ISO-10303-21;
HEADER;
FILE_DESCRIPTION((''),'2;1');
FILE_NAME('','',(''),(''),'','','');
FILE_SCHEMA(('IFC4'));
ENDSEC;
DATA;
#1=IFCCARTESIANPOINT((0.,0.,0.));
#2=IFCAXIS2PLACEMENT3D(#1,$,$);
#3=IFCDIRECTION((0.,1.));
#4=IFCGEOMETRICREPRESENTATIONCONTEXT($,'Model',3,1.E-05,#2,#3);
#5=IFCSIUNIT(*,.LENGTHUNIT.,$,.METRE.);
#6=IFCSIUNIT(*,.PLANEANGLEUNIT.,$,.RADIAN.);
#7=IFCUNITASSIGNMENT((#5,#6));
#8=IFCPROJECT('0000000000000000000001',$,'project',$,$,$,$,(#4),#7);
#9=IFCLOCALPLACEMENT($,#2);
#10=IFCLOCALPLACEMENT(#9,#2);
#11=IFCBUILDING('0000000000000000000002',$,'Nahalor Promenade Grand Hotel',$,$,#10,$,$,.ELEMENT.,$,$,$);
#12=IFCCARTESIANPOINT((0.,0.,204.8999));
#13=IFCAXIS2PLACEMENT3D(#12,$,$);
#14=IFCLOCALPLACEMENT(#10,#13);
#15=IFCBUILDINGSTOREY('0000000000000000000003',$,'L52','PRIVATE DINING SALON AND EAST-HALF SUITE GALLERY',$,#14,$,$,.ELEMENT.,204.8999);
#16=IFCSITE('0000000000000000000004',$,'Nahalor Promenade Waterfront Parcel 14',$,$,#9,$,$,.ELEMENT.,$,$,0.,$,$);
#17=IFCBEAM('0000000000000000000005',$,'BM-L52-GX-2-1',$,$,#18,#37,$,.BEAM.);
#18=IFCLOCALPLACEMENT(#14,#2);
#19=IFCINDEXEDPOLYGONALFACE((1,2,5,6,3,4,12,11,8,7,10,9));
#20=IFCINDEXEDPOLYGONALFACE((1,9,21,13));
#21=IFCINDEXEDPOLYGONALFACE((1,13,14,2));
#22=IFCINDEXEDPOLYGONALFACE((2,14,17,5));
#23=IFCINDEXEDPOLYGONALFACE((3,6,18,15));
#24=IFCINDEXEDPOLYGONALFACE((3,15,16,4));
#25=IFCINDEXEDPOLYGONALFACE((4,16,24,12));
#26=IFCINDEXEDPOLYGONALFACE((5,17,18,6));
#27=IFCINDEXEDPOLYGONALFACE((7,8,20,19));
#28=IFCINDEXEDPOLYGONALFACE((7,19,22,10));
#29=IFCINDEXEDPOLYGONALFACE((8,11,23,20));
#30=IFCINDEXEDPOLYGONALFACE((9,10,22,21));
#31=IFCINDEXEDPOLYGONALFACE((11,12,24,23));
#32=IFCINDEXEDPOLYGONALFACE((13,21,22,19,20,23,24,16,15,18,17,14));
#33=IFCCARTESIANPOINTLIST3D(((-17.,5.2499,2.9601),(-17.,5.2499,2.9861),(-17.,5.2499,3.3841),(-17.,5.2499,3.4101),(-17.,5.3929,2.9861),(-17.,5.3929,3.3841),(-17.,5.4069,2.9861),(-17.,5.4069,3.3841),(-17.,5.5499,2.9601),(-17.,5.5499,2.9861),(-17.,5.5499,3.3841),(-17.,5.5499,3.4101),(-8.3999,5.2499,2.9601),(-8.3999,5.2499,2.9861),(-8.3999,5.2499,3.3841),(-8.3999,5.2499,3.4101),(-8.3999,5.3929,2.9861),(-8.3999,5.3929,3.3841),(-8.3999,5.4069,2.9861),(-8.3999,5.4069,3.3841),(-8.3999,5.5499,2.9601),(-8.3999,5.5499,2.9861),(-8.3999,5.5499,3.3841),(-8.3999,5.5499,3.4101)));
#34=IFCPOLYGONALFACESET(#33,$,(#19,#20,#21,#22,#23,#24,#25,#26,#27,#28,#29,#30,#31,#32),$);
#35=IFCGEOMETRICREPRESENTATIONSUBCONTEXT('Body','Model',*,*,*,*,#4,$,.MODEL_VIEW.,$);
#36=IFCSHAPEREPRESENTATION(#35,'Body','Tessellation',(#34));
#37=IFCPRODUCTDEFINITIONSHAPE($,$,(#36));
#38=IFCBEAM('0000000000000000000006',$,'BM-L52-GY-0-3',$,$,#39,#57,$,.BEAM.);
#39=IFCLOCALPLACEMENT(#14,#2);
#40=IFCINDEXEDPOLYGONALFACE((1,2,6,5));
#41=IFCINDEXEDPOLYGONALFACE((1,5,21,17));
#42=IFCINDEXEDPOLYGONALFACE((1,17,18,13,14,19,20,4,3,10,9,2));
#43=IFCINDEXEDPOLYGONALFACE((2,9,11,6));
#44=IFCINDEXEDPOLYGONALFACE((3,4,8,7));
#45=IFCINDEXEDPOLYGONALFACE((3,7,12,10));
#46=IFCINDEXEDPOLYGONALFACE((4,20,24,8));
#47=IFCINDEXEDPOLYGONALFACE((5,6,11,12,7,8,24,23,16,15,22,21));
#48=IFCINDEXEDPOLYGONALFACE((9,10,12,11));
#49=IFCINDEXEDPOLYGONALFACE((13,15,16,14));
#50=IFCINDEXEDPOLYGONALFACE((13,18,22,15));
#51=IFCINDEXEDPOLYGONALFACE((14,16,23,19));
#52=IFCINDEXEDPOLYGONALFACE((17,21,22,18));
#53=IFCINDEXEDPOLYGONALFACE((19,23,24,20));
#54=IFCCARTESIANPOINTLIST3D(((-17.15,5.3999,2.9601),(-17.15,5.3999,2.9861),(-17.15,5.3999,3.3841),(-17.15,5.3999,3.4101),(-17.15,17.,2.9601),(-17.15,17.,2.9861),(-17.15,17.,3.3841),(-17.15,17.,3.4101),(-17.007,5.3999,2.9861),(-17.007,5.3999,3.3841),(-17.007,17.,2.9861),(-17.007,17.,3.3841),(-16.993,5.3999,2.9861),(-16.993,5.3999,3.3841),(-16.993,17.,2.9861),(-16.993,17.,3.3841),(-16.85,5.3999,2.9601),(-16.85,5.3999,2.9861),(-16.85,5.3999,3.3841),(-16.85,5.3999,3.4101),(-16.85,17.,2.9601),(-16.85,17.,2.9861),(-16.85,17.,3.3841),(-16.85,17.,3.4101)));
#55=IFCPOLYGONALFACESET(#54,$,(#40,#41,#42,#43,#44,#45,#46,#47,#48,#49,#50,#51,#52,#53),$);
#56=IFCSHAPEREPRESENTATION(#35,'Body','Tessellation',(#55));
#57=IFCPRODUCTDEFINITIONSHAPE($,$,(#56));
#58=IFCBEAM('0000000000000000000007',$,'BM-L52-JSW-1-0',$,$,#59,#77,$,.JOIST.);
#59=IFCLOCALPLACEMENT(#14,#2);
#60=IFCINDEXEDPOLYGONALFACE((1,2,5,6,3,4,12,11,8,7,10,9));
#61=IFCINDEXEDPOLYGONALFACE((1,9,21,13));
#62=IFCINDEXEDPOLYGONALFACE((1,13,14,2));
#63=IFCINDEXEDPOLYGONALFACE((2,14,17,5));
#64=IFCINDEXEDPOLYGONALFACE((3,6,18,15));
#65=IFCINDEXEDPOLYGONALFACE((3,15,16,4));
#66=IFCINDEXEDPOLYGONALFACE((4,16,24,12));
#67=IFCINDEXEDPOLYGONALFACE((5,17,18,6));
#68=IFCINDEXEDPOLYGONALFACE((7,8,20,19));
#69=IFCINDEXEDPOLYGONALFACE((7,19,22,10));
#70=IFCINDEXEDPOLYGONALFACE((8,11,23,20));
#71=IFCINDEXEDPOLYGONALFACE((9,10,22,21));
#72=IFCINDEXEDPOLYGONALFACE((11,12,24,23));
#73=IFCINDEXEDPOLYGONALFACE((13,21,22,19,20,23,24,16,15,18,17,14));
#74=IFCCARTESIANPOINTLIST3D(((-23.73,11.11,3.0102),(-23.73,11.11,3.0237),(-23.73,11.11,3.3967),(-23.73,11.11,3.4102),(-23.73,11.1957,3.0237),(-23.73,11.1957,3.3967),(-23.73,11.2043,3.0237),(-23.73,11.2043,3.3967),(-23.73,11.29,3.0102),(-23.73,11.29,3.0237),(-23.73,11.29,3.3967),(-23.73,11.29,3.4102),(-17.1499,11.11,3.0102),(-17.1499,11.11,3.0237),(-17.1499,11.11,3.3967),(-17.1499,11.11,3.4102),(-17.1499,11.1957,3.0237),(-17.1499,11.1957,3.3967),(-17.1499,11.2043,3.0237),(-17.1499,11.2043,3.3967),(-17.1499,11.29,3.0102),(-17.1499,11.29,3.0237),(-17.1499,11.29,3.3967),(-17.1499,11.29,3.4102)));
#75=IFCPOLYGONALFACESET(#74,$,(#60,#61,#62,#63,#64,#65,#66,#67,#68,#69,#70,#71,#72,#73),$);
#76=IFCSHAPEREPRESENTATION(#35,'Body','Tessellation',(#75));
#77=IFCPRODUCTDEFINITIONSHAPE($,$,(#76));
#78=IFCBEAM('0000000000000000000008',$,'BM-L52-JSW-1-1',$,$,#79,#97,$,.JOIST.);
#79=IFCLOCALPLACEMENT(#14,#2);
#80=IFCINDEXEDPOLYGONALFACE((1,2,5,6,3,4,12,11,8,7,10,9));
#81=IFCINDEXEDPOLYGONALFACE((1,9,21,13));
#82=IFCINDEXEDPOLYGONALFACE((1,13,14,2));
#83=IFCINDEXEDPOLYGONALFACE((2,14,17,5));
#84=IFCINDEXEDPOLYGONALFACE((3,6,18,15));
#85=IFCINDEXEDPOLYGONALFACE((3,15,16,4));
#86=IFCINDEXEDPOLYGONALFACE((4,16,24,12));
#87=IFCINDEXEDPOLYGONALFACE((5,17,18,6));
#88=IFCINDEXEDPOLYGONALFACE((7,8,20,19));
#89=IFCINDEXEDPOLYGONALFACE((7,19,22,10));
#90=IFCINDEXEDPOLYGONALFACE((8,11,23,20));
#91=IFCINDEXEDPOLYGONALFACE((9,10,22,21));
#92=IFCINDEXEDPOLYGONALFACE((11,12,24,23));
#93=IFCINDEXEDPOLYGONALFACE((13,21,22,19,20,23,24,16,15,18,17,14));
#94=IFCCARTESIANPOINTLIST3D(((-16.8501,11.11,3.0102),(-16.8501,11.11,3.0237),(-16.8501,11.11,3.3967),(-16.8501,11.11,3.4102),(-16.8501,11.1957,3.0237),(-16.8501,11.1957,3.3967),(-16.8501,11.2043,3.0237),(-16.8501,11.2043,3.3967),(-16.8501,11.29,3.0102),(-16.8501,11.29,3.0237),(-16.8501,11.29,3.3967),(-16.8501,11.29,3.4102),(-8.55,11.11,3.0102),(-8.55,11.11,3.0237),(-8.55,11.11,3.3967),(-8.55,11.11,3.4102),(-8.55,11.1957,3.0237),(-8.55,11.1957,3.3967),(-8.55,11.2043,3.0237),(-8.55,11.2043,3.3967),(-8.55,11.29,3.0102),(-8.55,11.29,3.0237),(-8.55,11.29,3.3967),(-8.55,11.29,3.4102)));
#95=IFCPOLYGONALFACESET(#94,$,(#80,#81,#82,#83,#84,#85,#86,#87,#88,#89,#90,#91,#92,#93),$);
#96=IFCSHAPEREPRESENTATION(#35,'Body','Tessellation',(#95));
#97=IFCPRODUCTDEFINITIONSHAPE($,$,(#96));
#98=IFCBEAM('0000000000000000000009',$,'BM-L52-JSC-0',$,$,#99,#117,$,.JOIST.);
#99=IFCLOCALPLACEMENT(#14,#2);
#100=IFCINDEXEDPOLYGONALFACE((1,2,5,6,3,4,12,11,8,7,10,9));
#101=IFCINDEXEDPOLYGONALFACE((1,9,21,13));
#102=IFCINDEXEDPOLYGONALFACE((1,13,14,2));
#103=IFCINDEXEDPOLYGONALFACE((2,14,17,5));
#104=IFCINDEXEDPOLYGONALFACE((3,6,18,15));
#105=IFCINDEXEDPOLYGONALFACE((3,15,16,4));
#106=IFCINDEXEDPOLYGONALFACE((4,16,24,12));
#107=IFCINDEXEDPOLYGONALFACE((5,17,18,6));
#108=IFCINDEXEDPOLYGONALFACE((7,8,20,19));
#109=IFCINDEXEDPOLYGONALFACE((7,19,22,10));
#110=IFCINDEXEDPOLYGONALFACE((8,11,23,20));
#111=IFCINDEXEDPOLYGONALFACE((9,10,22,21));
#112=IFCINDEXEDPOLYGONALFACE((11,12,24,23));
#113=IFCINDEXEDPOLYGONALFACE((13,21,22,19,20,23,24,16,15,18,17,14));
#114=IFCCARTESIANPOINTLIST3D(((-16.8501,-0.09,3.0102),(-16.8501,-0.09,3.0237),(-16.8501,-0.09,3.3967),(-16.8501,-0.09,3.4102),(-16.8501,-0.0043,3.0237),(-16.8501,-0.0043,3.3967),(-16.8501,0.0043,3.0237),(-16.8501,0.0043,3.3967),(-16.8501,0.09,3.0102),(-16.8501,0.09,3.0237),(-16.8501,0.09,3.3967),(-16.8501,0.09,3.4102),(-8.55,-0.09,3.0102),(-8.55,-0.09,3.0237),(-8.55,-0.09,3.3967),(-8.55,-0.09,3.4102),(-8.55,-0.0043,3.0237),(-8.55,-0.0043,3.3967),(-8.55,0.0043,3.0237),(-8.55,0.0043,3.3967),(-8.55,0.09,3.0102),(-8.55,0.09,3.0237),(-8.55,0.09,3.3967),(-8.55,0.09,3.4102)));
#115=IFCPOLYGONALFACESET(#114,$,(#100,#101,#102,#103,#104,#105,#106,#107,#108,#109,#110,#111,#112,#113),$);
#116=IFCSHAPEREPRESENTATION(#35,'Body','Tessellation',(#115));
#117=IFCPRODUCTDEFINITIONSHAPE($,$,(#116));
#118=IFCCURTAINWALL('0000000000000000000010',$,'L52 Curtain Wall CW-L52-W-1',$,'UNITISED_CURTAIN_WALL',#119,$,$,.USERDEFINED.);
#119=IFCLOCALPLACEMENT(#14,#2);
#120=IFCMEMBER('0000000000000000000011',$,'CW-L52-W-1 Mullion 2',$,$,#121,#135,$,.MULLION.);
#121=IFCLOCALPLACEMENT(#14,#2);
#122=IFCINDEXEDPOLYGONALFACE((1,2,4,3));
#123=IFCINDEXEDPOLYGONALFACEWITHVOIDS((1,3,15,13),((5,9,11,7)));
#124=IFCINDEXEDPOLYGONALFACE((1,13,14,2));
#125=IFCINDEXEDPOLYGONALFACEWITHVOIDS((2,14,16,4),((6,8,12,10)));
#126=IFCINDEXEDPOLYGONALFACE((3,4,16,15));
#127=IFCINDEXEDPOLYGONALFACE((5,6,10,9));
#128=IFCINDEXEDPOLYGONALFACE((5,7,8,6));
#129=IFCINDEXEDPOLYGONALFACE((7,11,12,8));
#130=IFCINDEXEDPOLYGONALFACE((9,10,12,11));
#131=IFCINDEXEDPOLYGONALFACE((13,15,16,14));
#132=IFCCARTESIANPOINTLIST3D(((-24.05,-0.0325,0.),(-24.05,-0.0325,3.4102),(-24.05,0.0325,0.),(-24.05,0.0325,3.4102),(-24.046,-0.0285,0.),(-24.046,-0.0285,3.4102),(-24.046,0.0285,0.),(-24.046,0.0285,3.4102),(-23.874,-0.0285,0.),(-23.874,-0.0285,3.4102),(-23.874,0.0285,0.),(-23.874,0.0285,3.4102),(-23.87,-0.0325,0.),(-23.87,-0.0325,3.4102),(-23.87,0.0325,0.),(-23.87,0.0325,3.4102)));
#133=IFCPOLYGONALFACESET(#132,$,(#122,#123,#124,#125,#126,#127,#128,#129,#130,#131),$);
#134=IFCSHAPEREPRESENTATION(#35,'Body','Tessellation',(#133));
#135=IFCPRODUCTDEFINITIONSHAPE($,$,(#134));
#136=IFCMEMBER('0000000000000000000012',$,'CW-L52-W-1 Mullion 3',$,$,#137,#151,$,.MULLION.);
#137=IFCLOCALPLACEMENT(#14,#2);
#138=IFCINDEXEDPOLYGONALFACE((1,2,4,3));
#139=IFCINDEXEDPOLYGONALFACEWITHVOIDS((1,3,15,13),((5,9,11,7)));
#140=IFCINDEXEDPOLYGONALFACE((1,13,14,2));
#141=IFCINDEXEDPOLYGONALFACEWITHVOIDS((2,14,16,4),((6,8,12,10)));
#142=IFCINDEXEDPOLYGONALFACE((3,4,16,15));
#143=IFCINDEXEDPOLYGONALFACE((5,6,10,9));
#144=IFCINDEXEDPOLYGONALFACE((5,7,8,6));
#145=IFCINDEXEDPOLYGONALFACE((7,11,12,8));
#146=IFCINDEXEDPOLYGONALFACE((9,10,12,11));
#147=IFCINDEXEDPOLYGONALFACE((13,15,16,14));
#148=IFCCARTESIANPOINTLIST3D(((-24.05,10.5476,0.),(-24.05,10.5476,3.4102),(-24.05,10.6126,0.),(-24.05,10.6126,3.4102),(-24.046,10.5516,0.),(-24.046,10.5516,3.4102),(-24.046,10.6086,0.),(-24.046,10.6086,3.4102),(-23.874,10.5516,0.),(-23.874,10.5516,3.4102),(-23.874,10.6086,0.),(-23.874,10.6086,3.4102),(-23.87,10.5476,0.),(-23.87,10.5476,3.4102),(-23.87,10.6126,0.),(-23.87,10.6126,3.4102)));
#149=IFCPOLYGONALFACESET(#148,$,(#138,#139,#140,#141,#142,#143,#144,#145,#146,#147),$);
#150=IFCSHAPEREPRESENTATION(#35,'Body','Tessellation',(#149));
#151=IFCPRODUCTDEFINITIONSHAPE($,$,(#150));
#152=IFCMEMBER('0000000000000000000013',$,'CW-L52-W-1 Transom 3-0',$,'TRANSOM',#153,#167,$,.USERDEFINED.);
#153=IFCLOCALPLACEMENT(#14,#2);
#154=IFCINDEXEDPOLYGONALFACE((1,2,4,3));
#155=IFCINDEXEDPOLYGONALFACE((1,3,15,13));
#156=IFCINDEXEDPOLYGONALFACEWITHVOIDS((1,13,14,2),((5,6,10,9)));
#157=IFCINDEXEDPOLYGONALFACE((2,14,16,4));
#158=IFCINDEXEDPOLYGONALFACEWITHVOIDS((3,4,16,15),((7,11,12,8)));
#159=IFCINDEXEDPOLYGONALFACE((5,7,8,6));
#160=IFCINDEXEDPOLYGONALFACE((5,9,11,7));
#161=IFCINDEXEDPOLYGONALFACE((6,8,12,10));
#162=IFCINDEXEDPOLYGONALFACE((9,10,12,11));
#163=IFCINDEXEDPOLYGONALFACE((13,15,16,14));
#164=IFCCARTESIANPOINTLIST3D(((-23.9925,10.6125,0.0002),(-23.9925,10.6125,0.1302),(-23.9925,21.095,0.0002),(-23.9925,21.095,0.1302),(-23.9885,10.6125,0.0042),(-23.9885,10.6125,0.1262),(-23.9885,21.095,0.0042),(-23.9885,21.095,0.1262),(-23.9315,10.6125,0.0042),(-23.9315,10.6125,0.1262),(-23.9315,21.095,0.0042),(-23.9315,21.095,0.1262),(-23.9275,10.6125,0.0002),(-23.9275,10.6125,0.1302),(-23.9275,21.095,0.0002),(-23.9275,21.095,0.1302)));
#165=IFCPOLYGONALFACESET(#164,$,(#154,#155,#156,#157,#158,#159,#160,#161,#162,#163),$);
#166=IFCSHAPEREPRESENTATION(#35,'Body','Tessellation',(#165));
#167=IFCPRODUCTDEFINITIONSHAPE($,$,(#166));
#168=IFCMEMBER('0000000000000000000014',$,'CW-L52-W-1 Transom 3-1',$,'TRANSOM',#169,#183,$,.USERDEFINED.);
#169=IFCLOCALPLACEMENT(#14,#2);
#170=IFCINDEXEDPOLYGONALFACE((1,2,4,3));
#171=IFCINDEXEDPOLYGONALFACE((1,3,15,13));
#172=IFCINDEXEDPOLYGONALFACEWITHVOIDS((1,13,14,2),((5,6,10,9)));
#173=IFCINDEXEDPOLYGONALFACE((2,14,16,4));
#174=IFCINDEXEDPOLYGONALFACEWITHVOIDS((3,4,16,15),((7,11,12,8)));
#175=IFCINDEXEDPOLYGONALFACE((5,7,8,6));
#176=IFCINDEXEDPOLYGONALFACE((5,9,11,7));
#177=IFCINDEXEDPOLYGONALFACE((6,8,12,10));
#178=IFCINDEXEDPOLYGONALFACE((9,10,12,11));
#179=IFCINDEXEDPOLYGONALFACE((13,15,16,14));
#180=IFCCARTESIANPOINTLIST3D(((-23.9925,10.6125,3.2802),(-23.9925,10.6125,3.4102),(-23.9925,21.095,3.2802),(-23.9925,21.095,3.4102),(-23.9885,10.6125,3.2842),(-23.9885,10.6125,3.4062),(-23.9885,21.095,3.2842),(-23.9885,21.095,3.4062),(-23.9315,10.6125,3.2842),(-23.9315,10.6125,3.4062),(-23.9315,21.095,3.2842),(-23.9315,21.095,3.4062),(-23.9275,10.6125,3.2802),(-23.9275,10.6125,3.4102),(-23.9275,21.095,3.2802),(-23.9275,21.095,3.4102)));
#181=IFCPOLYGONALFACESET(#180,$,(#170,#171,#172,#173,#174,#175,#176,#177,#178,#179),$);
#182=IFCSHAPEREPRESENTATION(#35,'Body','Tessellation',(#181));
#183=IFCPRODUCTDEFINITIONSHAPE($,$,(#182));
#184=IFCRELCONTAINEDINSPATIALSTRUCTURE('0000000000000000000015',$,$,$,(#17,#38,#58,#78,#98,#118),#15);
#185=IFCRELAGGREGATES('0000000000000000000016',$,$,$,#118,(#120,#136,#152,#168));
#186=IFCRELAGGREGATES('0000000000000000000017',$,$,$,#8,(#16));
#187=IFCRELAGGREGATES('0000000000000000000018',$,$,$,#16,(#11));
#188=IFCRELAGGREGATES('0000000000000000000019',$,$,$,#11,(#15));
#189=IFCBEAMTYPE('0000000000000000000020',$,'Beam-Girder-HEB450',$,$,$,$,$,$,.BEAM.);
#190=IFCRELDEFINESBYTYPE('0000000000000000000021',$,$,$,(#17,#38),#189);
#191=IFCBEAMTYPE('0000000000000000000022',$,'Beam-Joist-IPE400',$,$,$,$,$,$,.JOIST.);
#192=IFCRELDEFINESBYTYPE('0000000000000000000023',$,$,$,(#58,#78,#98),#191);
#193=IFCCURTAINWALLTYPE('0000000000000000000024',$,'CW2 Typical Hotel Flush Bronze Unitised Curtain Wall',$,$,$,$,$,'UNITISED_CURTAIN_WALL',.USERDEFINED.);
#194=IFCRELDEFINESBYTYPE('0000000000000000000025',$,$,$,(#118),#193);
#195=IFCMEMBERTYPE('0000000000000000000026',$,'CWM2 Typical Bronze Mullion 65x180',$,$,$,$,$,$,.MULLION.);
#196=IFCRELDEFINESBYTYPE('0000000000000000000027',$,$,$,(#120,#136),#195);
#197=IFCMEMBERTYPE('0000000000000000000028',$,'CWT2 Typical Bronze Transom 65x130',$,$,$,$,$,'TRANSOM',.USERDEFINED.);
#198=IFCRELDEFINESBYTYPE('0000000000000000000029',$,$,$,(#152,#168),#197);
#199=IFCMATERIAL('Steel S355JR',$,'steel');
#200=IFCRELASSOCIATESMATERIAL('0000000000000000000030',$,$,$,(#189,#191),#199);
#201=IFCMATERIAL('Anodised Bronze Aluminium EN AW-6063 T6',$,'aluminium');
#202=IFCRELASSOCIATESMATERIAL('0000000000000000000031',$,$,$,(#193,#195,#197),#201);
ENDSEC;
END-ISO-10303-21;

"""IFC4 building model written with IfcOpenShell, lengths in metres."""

from ifc_helpers import new_model, si_unit, direction, frame, origin, origin_2d, place, context, subcontext, project, spatial, hollow_rectangle, i_section, extrude, source, transform, mapped, material, material_profile, profile_set, type_object, element, aggregate, save


model = new_model("IFC4")

# Units and contexts
model_context = context("Model", 3, precision=1e-05, world=origin(), true_north=direction((0.0, 1.0)))
body_context = subcontext(model_context, "Body", "Model", "MODEL_VIEW")
ifc_project = project(units=[si_unit("LENGTHUNIT", "METRE"), si_unit("PLANEANGLEUNIT", "RADIAN")], contexts=[model_context])

# Site, building, storey
site_placement = place(None, origin())
site = spatial("IfcSite", under=ifc_project, at=site_placement, Name="Nahalor Promenade Waterfront Parcel 14", CompositionType="ELEMENT", RefElevation=0.0)
building_placement = place(site_placement, origin())
building = spatial("IfcBuilding", under=site, at=building_placement, Name="Nahalor Promenade Grand Hotel", CompositionType="ELEMENT")
storey_placement = place(building_placement, frame((0.0, 0.0, 204.8999)))
storey = spatial("IfcBuildingStorey", under=building, at=storey_placement, Name="L52", Description="PRIVATE DINING SALON AND EAST-HALF SUITE GALLERY", CompositionType="ELEMENT", Elevation=204.8999)

# Shared definitions
ifc_material_1 = material(Name="Steel S355JR", Category="steel")

# Beams
ifc_material_profile_1 = material_profile(ifc_material_1, i_section(OverallWidth=0.3, OverallDepth=0.45, WebThickness=0.014, FlangeThickness=0.026, at=origin_2d()), Name="HEB 450")
ifc_profile_set_1 = profile_set([ifc_material_profile_1], Name="Steel S355JR")
beam_type_1 = type_object("IfcBeamType", Name="Beam-Girder-HEB450", PredefinedType="BEAM", material=ifc_profile_set_1)
shared_shape_1 = source(origin(), body_context, "Body", "SweptSolid", [
    extrude(i_section(OverallWidth=0.3, OverallDepth=0.45, WebThickness=0.014, FlangeThickness=0.026, at=origin_2d()), origin(), (0.0, 0.0, 1.0), 8.6001),
])
beam_1_placement = place(storey_placement, frame((-17.0, 5.3999, 3.1851), z_axis=(1.0, 0.0, 0.0), x_axis=(0.0, 1.0, 0.0)))
element("IfcBeam", 1, at=beam_1_placement, inside=storey, type_object=beam_type_1, Name="BM-L52-GX-2-1", PredefinedType="BEAM", context=body_context, shape_type="MappedRepresentation", body=[
    mapped(shared_shape_1, transform((0.0, 0.0, 0.0), scale=1.0)),
])
shared_shape_2 = source(origin(), body_context, "Body", "SweptSolid", [
    extrude(i_section(OverallWidth=0.3, OverallDepth=0.45, WebThickness=0.014, FlangeThickness=0.026, at=origin_2d()), origin(), (0.0, 0.0, 1.0), 11.6001),
])
beam_2_placement = place(storey_placement, frame((-17.0, 5.3999, 3.1851), z_axis=(0.0, 1.0, 0.0), x_axis=(-1.0, 0.0, 0.0)))
element("IfcBeam", 2, at=beam_2_placement, inside=storey, type_object=beam_type_1, Name="BM-L52-GY-0-3", PredefinedType="BEAM", context=body_context, shape_type="MappedRepresentation", body=[
    mapped(shared_shape_2, transform((0.0, 0.0, 0.0), scale=1.0)),
])
ifc_material_profile_2 = material_profile(ifc_material_1, i_section(OverallWidth=0.18, OverallDepth=0.4, WebThickness=0.0086, FlangeThickness=0.0135, at=origin_2d()), Name="IPE 400")
ifc_profile_set_2 = profile_set([ifc_material_profile_2], Name="Steel S355JR")
beam_type_2 = type_object("IfcBeamType", Name="Beam-Joist-IPE400", PredefinedType="JOIST", material=ifc_profile_set_2)
shared_shape_3 = source(origin(), body_context, "Body", "SweptSolid", [
    extrude(i_section(OverallWidth=0.18, OverallDepth=0.4, WebThickness=0.0086, FlangeThickness=0.0135, at=origin_2d()), origin(), (0.0, 0.0, 1.0), 6.5801),
])
beam_3_placement = place(storey_placement, frame((-23.73, 11.2, 3.2102), z_axis=(1.0, 0.0, 0.0), x_axis=(0.0, 1.0, 0.0)))
element("IfcBeam", 3, at=beam_3_placement, inside=storey, type_object=beam_type_2, Name="BM-L52-JSW-1-0", PredefinedType="JOIST", context=body_context, shape_type="MappedRepresentation", body=[
    mapped(shared_shape_3, transform((0.0, 0.0, 0.0), scale=1.0)),
])
shared_shape_4 = source(origin(), body_context, "Body", "SweptSolid", [
    extrude(i_section(OverallWidth=0.18, OverallDepth=0.4, WebThickness=0.0086, FlangeThickness=0.0135, at=origin_2d()), origin(), (0.0, 0.0, 1.0), 8.3),
])
for number, where, z_axis, x_axis, name in (
    (4, (-16.8501, 11.2, 3.2102), (1.0, 0.0, 0.0), (0.0, 1.0, 0.0), "BM-L52-JSW-1-1"),
    (5, (-16.8501, 0.0, 3.2102), (1.0, 0.0, 0.0), (0.0, 1.0, 0.0), "BM-L52-JSC-0"),
):
    element("IfcBeam", number, at=place(storey_placement, frame(where, z_axis=z_axis, x_axis=x_axis)), inside=storey, type_object=beam_type_2, Name=name, PredefinedType="JOIST", context=body_context, shape_type="MappedRepresentation", body=[
        mapped(shared_shape_4, transform((0.0, 0.0, 0.0), scale=1.0)),
    ])

# Curtain wall, members
ifc_material_2 = material(Name="Anodised Bronze Aluminium EN AW-6063 T6", Category="aluminium")
curtain_wall_type = type_object("IfcCurtainWallType", Name="CW2 Typical Hotel Flush Bronze Unitised Curtain Wall", ElementType="UNITISED_CURTAIN_WALL", PredefinedType="USERDEFINED", material=ifc_material_2)
curtain_wall_placement = place(storey_placement, origin())
curtain_wall = element("IfcCurtainWall", 6, at=curtain_wall_placement, inside=storey, type_object=curtain_wall_type, Name="L52 Curtain Wall CW-L52-W-1", ObjectType="UNITISED_CURTAIN_WALL", PredefinedType="USERDEFINED")
ifc_material_profile_3 = material_profile(ifc_material_2, hollow_rectangle(XDim=0.065, YDim=0.18, WallThickness=0.004, at=origin_2d()), Name="CWM 65x180x4")
ifc_profile_set_3 = profile_set([ifc_material_profile_3], Name="Anodised Bronze Aluminium EN AW-6063 T6")
member_type_1 = type_object("IfcMemberType", Name="CWM2 Typical Bronze Mullion 65x180", PredefinedType="MULLION", material=ifc_profile_set_3)
shared_shape_5 = source(origin(), body_context, "Body", "SweptSolid", [
    extrude(hollow_rectangle(XDim=0.065, YDim=0.18, WallThickness=0.004, at=origin_2d()), origin(), (0.0, 0.0, 1.0), 3.4102),
])
member_1_placement = place(storey_placement, frame((-23.96, 0.0, 0.0), z_axis=(0.0, 0.0, 1.0), x_axis=(0.0, 1.0, 0.0)))
member_1 = element("IfcMember", 7, at=member_1_placement, type_object=member_type_1, Name="CW-L52-W-1 Mullion 2", PredefinedType="MULLION", context=body_context, shape_type="MappedRepresentation", body=[
    mapped(shared_shape_5, transform((0.0, 0.0, 0.0), scale=1.0)),
])
member_2_placement = place(storey_placement, frame((-23.96, 10.5801, 0.0), z_axis=(0.0, 0.0, 1.0), x_axis=(0.0, 1.0, 0.0)))
member_2 = element("IfcMember", 8, at=member_2_placement, type_object=member_type_1, Name="CW-L52-W-1 Mullion 3", PredefinedType="MULLION", context=body_context, shape_type="MappedRepresentation", body=[
    mapped(shared_shape_5, transform((0.0, 0.0, 0.0), scale=1.0)),
])
ifc_material_profile_4 = material_profile(ifc_material_2, hollow_rectangle(XDim=0.065, YDim=0.13, WallThickness=0.004, at=origin_2d()), Name="CWT 65x130x4")
ifc_profile_set_4 = profile_set([ifc_material_profile_4], Name="Anodised Bronze Aluminium EN AW-6063 T6")
member_type_2 = type_object("IfcMemberType", Name="CWT2 Typical Bronze Transom 65x130", ElementType="TRANSOM", PredefinedType="USERDEFINED", material=ifc_profile_set_4)
shared_shape_6 = source(origin(), body_context, "Body", "SweptSolid", [
    extrude(hollow_rectangle(XDim=0.065, YDim=0.13, WallThickness=0.004, at=origin_2d()), origin(), (0.0, 0.0, 1.0), 10.4824),
])
member_3_placement = place(storey_placement, frame((-23.96, 10.6125, 0.0652), z_axis=(0.0, 1.0, 0.0), x_axis=(-1.0, 0.0, 0.0)))
member_3 = element("IfcMember", 9, at=member_3_placement, type_object=member_type_2, Name="CW-L52-W-1 Transom 3-0", ObjectType="TRANSOM", PredefinedType="USERDEFINED", context=body_context, shape_type="MappedRepresentation", body=[
    mapped(shared_shape_6, transform((0.0, 0.0, 0.0), scale=1.0)),
])
member_4_placement = place(storey_placement, frame((-23.96, 10.6125, 3.3452), z_axis=(0.0, 1.0, 0.0), x_axis=(-1.0, 0.0, 0.0)))
member_4 = element("IfcMember", 10, at=member_4_placement, type_object=member_type_2, Name="CW-L52-W-1 Transom 3-1", ObjectType="TRANSOM", PredefinedType="USERDEFINED", context=body_context, shape_type="MappedRepresentation", body=[
    mapped(shared_shape_6, transform((0.0, 0.0, 0.0), scale=1.0)),
])
aggregate(curtain_wall, [member_1, member_2, member_3, member_4])

save(model, "model.ifc")
